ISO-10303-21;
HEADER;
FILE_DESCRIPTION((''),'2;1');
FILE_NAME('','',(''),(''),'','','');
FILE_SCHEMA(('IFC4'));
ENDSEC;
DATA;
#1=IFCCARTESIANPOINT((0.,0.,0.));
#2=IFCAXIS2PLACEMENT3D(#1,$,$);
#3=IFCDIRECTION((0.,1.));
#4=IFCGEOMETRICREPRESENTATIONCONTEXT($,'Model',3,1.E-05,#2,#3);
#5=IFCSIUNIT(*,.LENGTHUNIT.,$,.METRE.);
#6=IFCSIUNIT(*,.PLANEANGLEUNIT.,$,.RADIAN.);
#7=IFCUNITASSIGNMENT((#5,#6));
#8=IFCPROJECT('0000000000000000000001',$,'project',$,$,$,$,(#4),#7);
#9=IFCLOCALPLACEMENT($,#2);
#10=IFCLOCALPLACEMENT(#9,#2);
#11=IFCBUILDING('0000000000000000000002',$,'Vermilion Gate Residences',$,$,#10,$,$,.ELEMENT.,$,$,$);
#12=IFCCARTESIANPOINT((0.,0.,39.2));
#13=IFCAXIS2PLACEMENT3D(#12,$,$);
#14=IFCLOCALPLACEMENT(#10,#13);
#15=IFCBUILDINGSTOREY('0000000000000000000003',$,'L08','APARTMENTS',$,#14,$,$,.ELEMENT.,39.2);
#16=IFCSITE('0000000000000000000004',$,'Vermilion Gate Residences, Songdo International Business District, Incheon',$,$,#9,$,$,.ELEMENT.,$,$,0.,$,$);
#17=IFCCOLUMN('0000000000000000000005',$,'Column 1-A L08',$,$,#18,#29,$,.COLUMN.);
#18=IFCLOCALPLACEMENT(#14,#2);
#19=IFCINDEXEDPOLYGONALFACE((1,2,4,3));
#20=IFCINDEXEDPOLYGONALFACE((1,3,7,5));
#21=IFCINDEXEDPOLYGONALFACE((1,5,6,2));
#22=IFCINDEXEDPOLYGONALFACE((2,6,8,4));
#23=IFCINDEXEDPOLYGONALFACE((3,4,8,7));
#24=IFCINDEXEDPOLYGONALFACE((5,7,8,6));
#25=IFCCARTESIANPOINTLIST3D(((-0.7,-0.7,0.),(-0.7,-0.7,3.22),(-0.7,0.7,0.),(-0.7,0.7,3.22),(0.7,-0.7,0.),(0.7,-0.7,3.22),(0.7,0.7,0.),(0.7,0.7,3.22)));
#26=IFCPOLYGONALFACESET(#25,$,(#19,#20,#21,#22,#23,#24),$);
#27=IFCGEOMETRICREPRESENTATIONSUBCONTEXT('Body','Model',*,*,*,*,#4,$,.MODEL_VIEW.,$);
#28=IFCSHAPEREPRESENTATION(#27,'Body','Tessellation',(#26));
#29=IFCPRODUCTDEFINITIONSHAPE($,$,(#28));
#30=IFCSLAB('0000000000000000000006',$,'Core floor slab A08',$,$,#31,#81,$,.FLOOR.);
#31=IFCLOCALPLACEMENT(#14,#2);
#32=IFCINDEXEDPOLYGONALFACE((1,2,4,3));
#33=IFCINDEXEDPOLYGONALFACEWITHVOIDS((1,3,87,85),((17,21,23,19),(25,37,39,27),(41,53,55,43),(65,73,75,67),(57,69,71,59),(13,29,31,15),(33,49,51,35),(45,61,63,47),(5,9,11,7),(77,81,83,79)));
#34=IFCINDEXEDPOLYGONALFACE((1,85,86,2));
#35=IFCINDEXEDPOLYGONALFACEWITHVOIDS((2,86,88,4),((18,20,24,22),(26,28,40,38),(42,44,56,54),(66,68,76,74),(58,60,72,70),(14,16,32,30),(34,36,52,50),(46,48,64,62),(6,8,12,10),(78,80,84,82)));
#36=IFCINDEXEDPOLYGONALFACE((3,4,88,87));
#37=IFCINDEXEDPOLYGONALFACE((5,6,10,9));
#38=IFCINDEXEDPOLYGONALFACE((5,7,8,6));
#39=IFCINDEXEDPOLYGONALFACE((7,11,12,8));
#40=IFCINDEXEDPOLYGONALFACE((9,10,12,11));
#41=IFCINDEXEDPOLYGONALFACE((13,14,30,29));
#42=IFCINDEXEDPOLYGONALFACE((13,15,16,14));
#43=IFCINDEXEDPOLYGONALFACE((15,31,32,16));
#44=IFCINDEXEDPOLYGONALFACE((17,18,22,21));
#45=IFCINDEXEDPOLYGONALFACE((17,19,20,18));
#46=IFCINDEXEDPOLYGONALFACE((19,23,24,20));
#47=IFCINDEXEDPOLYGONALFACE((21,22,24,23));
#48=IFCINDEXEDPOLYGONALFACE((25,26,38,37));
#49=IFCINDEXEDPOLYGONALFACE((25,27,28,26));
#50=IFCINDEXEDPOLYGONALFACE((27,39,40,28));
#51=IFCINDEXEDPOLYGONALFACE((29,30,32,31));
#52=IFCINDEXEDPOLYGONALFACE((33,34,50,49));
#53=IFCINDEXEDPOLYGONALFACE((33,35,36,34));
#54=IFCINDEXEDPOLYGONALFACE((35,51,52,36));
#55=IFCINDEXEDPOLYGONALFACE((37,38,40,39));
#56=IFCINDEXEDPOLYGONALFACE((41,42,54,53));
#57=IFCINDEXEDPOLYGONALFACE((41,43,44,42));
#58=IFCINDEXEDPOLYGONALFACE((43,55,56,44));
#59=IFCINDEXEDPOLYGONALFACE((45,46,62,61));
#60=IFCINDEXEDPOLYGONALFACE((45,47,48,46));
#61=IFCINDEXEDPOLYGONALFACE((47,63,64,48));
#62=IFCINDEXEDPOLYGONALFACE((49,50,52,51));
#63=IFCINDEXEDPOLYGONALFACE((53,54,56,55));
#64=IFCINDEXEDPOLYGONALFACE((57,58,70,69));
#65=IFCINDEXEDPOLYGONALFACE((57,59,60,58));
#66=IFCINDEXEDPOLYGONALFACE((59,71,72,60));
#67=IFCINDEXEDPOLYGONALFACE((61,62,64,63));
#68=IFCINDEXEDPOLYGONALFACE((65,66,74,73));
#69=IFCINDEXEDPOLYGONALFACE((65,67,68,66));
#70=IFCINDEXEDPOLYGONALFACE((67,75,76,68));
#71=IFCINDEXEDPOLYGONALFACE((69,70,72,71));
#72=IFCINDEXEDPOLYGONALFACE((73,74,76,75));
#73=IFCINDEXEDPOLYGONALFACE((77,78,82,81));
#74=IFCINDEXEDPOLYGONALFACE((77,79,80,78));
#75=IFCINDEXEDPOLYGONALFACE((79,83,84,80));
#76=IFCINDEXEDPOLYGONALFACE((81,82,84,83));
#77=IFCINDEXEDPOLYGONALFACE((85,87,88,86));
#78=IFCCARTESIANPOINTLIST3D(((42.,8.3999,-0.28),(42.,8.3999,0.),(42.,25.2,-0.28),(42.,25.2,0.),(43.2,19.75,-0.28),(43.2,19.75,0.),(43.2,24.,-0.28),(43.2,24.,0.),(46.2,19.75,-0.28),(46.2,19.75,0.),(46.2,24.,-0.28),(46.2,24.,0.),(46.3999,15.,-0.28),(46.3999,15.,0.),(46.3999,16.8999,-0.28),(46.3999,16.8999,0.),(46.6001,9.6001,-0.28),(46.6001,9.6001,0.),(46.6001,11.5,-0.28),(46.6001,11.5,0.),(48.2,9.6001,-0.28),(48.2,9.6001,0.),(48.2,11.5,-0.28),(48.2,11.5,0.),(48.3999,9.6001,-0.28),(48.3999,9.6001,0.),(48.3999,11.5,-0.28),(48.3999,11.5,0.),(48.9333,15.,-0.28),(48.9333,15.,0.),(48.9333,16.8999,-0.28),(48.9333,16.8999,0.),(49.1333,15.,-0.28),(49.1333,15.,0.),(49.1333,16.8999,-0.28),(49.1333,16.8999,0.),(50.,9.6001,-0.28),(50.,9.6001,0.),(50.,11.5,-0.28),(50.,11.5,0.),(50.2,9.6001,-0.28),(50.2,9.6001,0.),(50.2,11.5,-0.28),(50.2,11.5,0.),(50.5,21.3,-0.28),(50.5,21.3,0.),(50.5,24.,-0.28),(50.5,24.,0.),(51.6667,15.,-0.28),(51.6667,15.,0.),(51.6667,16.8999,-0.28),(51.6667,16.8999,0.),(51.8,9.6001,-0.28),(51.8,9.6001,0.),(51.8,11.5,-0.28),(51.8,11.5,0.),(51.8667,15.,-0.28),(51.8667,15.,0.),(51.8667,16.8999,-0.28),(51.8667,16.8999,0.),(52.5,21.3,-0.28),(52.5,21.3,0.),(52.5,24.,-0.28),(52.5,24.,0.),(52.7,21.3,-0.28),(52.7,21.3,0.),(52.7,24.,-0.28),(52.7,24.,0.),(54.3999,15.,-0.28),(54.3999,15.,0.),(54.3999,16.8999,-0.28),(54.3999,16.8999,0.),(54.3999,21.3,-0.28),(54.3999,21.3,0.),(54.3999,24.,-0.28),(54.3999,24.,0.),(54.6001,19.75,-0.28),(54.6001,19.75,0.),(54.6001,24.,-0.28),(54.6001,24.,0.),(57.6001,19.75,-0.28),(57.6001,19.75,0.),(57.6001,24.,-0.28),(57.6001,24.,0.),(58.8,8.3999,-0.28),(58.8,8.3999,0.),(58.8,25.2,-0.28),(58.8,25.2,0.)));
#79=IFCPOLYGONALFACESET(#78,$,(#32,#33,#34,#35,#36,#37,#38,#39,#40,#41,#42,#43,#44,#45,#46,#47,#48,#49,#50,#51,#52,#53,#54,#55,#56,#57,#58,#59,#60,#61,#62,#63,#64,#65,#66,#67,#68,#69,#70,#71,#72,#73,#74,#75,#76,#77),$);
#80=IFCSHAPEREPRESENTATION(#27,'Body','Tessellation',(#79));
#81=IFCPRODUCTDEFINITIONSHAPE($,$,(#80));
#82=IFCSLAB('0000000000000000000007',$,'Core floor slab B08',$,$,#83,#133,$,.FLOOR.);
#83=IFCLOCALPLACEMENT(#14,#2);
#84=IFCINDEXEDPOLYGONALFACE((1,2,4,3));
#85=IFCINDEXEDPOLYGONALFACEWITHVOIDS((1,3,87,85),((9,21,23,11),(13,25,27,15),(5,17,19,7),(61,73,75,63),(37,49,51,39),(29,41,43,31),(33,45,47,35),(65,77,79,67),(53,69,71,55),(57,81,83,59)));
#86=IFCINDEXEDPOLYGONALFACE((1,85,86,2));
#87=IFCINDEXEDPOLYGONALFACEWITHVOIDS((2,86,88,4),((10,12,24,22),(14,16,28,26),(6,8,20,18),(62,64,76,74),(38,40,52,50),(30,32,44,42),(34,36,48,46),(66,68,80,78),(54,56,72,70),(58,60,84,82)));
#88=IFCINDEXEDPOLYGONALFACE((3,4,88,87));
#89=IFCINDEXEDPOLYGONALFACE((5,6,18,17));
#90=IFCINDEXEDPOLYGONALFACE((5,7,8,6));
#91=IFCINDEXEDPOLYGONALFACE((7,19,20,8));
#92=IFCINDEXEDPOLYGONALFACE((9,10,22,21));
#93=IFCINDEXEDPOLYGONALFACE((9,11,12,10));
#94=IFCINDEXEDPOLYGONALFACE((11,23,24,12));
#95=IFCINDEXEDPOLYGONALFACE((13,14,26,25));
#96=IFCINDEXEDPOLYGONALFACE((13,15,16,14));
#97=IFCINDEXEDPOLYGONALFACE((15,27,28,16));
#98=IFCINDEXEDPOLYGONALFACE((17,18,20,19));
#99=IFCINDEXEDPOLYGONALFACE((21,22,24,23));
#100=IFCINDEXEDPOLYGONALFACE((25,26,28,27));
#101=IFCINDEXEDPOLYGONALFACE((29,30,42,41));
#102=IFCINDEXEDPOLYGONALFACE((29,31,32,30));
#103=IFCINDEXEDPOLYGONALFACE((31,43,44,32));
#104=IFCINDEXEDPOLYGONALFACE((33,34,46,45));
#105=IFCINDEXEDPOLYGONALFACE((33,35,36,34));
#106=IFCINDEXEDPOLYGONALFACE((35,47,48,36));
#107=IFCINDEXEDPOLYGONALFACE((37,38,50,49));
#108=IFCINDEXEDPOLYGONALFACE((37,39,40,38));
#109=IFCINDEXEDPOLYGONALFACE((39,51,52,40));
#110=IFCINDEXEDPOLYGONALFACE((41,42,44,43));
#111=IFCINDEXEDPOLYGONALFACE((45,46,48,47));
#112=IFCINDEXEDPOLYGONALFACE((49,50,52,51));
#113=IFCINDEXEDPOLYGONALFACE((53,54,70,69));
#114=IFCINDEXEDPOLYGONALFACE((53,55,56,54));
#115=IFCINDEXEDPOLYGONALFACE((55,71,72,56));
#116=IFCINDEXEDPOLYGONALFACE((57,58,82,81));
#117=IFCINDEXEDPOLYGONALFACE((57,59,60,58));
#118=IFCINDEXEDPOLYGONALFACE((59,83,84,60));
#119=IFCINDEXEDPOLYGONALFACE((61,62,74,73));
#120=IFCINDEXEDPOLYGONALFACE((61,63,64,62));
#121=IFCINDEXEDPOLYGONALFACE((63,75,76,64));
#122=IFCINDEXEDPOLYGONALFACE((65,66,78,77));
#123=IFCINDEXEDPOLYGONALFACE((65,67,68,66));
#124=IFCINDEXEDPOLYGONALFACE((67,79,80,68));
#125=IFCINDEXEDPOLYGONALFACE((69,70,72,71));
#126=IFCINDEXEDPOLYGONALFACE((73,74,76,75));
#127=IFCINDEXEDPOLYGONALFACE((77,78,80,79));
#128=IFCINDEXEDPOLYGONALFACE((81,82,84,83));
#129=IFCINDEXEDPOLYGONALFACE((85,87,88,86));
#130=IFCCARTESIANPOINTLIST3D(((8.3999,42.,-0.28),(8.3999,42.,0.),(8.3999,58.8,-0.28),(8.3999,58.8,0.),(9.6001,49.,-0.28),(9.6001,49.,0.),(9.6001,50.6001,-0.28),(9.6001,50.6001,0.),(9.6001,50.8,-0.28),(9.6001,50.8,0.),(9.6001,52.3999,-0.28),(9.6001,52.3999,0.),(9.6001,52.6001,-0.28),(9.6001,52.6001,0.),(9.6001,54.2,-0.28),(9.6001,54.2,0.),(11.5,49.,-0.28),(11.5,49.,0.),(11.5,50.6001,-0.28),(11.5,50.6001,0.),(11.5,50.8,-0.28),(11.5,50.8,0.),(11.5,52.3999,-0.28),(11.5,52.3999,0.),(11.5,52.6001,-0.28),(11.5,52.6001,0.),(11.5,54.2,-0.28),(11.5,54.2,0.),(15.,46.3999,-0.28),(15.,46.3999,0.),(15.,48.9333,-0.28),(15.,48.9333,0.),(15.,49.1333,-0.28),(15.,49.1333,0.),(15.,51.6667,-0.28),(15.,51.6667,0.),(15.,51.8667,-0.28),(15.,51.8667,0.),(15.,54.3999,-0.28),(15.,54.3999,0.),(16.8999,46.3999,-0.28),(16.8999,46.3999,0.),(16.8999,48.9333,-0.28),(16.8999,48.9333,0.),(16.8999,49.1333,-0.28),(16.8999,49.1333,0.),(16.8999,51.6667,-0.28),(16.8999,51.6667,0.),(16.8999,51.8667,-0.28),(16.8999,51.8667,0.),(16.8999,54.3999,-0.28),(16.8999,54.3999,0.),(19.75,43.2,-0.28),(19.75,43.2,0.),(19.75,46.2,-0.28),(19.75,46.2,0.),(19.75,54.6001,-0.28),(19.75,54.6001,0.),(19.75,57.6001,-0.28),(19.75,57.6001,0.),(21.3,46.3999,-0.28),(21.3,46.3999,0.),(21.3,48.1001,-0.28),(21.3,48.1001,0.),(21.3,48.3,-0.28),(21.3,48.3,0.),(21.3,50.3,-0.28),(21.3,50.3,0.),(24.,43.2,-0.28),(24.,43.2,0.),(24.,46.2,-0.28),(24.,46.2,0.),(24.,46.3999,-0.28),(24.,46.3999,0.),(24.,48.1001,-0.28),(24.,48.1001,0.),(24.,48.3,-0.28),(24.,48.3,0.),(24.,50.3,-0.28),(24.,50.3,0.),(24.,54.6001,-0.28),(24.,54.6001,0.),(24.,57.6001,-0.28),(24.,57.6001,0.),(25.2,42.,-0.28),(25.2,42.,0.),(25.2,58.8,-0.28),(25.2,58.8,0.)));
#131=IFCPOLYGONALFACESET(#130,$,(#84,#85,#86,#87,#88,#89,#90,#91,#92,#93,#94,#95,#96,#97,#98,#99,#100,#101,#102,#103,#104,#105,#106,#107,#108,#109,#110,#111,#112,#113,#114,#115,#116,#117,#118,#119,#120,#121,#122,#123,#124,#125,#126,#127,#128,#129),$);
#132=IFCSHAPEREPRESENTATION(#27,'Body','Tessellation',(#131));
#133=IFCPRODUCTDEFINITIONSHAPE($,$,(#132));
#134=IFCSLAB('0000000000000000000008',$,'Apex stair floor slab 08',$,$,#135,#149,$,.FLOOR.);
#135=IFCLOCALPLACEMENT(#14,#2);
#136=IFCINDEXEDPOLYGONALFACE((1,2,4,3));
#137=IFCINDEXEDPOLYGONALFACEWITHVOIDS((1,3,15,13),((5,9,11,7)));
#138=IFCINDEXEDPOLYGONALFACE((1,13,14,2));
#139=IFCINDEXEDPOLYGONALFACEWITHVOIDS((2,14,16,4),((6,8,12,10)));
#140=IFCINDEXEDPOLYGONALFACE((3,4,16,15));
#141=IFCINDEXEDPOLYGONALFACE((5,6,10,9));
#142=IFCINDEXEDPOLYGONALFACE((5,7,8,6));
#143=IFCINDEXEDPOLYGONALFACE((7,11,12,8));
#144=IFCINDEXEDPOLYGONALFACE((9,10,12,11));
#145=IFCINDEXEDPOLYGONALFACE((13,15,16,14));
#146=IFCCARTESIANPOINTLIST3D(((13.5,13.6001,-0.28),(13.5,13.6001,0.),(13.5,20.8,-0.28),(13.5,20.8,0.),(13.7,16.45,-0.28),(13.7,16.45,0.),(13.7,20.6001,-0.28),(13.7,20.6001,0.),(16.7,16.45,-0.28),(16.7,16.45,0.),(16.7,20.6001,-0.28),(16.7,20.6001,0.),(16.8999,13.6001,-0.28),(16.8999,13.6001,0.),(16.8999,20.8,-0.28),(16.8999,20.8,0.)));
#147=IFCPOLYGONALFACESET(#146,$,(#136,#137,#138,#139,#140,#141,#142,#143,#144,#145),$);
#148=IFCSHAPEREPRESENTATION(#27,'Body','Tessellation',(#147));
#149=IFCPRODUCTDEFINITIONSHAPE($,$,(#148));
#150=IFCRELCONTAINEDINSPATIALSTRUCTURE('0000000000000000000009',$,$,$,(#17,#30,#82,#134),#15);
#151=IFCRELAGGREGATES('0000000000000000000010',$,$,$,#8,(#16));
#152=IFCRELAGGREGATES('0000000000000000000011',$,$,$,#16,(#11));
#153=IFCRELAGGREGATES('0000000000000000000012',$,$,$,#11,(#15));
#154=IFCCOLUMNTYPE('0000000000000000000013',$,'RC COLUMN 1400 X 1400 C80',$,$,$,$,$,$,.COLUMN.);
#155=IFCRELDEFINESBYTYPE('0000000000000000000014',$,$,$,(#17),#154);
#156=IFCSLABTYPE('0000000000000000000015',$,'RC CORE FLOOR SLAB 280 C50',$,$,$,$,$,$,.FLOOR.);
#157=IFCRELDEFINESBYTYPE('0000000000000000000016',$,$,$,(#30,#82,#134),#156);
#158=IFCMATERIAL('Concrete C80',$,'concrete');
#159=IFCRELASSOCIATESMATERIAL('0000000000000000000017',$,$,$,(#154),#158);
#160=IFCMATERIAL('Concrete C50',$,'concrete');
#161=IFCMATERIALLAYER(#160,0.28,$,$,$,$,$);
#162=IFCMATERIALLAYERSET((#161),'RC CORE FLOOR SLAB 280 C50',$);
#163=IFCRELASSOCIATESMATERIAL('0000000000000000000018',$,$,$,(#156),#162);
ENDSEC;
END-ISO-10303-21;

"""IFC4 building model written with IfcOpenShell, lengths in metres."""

from ifc_helpers import new_model, si_unit, direction, frame, origin, origin_with_axes, origin_2d, place, context, subcontext, project, spatial, polyline, rectangle, outline, extrude, material, layer, layer_set, material_profile, profile_set, type_object, element, save


model = new_model("IFC4")

# Units and contexts
model_context = context("Model", 3, precision=1e-05, world=origin(), true_north=direction((0.0, 1.0)))
body_context = subcontext(model_context, "Body", "Model", "MODEL_VIEW")
ifc_project = project(units=[si_unit("LENGTHUNIT", "METRE"), si_unit("PLANEANGLEUNIT", "RADIAN")], contexts=[model_context])

# Site, building, storey
site_placement = place(None, origin())
site = spatial("IfcSite", under=ifc_project, at=site_placement, Name="Vermilion Gate Residences, Songdo International Business District, Incheon", CompositionType="ELEMENT", RefElevation=0.0)
building_placement = place(site_placement, origin())
building = spatial("IfcBuilding", under=site, at=building_placement, Name="Vermilion Gate Residences", CompositionType="ELEMENT")
storey_placement = place(building_placement, frame((0.0, 0.0, 39.2)))
storey = spatial("IfcBuildingStorey", under=building, at=storey_placement, Name="L08", Description="APARTMENTS", CompositionType="ELEMENT", Elevation=39.2)

# Column
ifc_material_1 = material(Name="Concrete C80", Category="concrete")
ifc_material_profile = material_profile(ifc_material_1, rectangle(XDim=1.3999, YDim=1.3999, at=origin_2d()), Name="RC-1400x1400")
ifc_profile_set = profile_set([ifc_material_profile], Name="Concrete C80")
column_type = type_object("IfcColumnType", Name="RC COLUMN 1400 X 1400 C80", PredefinedType="COLUMN", material=ifc_profile_set)
column_placement = place(storey_placement, origin_with_axes())
element("IfcColumn", 1, at=column_placement, inside=storey, type_object=column_type, Name="Column 1-A L08", PredefinedType="COLUMN", context=body_context, shape_type="SweptSolid", body=[
    extrude(rectangle(XDim=1.3999, YDim=1.3999, at=origin_2d()), origin(), (0.0, 0.0, 1.0), 3.22),
])

# Slabs
ifc_material_2 = material(Name="Concrete C50", Category="concrete")
ifc_layer_1 = layer(ifc_material_2, 0.28)
ifc_layer_set_1 = layer_set([ifc_layer_1], Name="RC CORE FLOOR SLAB 280 C50")
slab_type_1 = type_object("IfcSlabType", Name="RC CORE FLOOR SLAB 280 C50", PredefinedType="FLOOR", material=ifc_layer_set_1)
slab_1_placement = place(storey_placement, frame((0.0, 0.0, -0.28)))
element("IfcSlab", 2, at=slab_1_placement, inside=storey, type_object=slab_type_1, Name="Core floor slab A08", PredefinedType="FLOOR", context=body_context, shape_type="SweptSolid", body=[
    extrude(outline(polyline([(42.0, 8.3999), (58.8, 8.3999), (58.8, 25.2), (42.0, 25.2), (42.0, 8.3999)]), holes=[polyline([(46.6001, 11.5), (48.2, 11.5), (48.2, 9.6001), (46.6001, 9.6001), (46.6001, 11.5)]), polyline([(48.3999, 11.5), (50.0, 11.5), (50.0, 9.6001), (48.3999, 9.6001), (48.3999, 11.5)]), polyline([(50.2, 11.5), (51.8, 11.5), (51.8, 9.6001), (50.2, 9.6001), (50.2, 11.5)]), polyline([(48.9333, 16.8999), (48.9333, 15.0), (46.3999, 15.0), (46.3999, 16.8999), (48.9333, 16.8999)]), polyline([(51.6667, 16.8999), (51.6667, 15.0), (49.1333, 15.0), (49.1333, 16.8999), (51.6667, 16.8999)]), polyline([(51.8667, 16.8999), (54.3999, 16.8999), (54.3999, 15.0), (51.8667, 15.0), (51.8667, 16.8999)]), polyline([(43.2, 24.0), (46.2, 24.0), (46.2, 19.75), (43.2, 19.75), (43.2, 24.0)]), polyline([(54.6001, 24.0), (57.6001, 24.0), (57.6001, 19.75), (54.6001, 19.75), (54.6001, 24.0)]), polyline([(52.5, 24.0), (52.5, 21.3), (50.5, 21.3), (50.5, 24.0), (52.5, 24.0)]), polyline([(54.3999, 24.0), (54.3999, 21.3), (52.7, 21.3), (52.7, 24.0), (54.3999, 24.0)])]), origin(), (0.0, 0.0, 1.0), 0.28),
])
slab_2_placement = place(storey_placement, frame((0.0, 0.0, -0.28)))
element("IfcSlab", 3, at=slab_2_placement, inside=storey, type_object=slab_type_1, Name="Core floor slab B08", PredefinedType="FLOOR", context=body_context, shape_type="SweptSolid", body=[
    extrude(outline(polyline([(8.3999, 42.0), (25.2, 42.0), (25.2, 58.8), (8.3999, 58.8), (8.3999, 42.0)]), holes=[polyline([(19.75, 46.2), (24.0, 46.2), (24.0, 43.2), (19.75, 43.2), (19.75, 46.2)]), polyline([(21.3, 48.1001), (24.0, 48.1001), (24.0, 46.3999), (21.3, 46.3999), (21.3, 48.1001)]), polyline([(15.0, 48.9333), (16.8999, 48.9333), (16.8999, 46.3999), (15.0, 46.3999), (15.0, 48.9333)]), polyline([(24.0, 50.3), (24.0, 48.3), (21.3, 48.3), (21.3, 50.3), (24.0, 50.3)]), polyline([(11.5, 50.6001), (11.5, 49.0), (9.6001, 49.0), (9.6001, 50.6001), (11.5, 50.6001)]), polyline([(15.0, 51.6667), (16.8999, 51.6667), (16.8999, 49.1333), (15.0, 49.1333), (15.0, 51.6667)]), polyline([(9.6001, 52.3999), (11.5, 52.3999), (11.5, 50.8), (9.6001, 50.8), (9.6001, 52.3999)]), polyline([(15.0, 54.3999), (16.8999, 54.3999), (16.8999, 51.8667), (15.0, 51.8667), (15.0, 54.3999)]), polyline([(11.5, 54.2), (11.5, 52.6001), (9.6001, 52.6001), (9.6001, 54.2), (11.5, 54.2)]), polyline([(24.0, 57.6001), (24.0, 54.6001), (19.75, 54.6001), (19.75, 57.6001), (24.0, 57.6001)])]), origin(), (0.0, 0.0, 1.0), 0.28),
])
slab_3_placement = place(storey_placement, frame((0.0, 0.0, -0.28)))
element("IfcSlab", 4, at=slab_3_placement, inside=storey, type_object=slab_type_1, Name="Apex stair floor slab 08", PredefinedType="FLOOR", context=body_context, shape_type="SweptSolid", body=[
    extrude(outline(polyline([(13.5, 13.6001), (16.8999, 13.6001), (16.8999, 20.8), (13.5, 20.8), (13.5, 13.6001)]), holes=[polyline([(16.7, 20.6001), (16.7, 16.45), (13.7, 16.45), (13.7, 20.6001), (16.7, 20.6001)])]), origin(), (0.0, 0.0, 1.0), 0.28),
])

save(model, "model.ifc")
